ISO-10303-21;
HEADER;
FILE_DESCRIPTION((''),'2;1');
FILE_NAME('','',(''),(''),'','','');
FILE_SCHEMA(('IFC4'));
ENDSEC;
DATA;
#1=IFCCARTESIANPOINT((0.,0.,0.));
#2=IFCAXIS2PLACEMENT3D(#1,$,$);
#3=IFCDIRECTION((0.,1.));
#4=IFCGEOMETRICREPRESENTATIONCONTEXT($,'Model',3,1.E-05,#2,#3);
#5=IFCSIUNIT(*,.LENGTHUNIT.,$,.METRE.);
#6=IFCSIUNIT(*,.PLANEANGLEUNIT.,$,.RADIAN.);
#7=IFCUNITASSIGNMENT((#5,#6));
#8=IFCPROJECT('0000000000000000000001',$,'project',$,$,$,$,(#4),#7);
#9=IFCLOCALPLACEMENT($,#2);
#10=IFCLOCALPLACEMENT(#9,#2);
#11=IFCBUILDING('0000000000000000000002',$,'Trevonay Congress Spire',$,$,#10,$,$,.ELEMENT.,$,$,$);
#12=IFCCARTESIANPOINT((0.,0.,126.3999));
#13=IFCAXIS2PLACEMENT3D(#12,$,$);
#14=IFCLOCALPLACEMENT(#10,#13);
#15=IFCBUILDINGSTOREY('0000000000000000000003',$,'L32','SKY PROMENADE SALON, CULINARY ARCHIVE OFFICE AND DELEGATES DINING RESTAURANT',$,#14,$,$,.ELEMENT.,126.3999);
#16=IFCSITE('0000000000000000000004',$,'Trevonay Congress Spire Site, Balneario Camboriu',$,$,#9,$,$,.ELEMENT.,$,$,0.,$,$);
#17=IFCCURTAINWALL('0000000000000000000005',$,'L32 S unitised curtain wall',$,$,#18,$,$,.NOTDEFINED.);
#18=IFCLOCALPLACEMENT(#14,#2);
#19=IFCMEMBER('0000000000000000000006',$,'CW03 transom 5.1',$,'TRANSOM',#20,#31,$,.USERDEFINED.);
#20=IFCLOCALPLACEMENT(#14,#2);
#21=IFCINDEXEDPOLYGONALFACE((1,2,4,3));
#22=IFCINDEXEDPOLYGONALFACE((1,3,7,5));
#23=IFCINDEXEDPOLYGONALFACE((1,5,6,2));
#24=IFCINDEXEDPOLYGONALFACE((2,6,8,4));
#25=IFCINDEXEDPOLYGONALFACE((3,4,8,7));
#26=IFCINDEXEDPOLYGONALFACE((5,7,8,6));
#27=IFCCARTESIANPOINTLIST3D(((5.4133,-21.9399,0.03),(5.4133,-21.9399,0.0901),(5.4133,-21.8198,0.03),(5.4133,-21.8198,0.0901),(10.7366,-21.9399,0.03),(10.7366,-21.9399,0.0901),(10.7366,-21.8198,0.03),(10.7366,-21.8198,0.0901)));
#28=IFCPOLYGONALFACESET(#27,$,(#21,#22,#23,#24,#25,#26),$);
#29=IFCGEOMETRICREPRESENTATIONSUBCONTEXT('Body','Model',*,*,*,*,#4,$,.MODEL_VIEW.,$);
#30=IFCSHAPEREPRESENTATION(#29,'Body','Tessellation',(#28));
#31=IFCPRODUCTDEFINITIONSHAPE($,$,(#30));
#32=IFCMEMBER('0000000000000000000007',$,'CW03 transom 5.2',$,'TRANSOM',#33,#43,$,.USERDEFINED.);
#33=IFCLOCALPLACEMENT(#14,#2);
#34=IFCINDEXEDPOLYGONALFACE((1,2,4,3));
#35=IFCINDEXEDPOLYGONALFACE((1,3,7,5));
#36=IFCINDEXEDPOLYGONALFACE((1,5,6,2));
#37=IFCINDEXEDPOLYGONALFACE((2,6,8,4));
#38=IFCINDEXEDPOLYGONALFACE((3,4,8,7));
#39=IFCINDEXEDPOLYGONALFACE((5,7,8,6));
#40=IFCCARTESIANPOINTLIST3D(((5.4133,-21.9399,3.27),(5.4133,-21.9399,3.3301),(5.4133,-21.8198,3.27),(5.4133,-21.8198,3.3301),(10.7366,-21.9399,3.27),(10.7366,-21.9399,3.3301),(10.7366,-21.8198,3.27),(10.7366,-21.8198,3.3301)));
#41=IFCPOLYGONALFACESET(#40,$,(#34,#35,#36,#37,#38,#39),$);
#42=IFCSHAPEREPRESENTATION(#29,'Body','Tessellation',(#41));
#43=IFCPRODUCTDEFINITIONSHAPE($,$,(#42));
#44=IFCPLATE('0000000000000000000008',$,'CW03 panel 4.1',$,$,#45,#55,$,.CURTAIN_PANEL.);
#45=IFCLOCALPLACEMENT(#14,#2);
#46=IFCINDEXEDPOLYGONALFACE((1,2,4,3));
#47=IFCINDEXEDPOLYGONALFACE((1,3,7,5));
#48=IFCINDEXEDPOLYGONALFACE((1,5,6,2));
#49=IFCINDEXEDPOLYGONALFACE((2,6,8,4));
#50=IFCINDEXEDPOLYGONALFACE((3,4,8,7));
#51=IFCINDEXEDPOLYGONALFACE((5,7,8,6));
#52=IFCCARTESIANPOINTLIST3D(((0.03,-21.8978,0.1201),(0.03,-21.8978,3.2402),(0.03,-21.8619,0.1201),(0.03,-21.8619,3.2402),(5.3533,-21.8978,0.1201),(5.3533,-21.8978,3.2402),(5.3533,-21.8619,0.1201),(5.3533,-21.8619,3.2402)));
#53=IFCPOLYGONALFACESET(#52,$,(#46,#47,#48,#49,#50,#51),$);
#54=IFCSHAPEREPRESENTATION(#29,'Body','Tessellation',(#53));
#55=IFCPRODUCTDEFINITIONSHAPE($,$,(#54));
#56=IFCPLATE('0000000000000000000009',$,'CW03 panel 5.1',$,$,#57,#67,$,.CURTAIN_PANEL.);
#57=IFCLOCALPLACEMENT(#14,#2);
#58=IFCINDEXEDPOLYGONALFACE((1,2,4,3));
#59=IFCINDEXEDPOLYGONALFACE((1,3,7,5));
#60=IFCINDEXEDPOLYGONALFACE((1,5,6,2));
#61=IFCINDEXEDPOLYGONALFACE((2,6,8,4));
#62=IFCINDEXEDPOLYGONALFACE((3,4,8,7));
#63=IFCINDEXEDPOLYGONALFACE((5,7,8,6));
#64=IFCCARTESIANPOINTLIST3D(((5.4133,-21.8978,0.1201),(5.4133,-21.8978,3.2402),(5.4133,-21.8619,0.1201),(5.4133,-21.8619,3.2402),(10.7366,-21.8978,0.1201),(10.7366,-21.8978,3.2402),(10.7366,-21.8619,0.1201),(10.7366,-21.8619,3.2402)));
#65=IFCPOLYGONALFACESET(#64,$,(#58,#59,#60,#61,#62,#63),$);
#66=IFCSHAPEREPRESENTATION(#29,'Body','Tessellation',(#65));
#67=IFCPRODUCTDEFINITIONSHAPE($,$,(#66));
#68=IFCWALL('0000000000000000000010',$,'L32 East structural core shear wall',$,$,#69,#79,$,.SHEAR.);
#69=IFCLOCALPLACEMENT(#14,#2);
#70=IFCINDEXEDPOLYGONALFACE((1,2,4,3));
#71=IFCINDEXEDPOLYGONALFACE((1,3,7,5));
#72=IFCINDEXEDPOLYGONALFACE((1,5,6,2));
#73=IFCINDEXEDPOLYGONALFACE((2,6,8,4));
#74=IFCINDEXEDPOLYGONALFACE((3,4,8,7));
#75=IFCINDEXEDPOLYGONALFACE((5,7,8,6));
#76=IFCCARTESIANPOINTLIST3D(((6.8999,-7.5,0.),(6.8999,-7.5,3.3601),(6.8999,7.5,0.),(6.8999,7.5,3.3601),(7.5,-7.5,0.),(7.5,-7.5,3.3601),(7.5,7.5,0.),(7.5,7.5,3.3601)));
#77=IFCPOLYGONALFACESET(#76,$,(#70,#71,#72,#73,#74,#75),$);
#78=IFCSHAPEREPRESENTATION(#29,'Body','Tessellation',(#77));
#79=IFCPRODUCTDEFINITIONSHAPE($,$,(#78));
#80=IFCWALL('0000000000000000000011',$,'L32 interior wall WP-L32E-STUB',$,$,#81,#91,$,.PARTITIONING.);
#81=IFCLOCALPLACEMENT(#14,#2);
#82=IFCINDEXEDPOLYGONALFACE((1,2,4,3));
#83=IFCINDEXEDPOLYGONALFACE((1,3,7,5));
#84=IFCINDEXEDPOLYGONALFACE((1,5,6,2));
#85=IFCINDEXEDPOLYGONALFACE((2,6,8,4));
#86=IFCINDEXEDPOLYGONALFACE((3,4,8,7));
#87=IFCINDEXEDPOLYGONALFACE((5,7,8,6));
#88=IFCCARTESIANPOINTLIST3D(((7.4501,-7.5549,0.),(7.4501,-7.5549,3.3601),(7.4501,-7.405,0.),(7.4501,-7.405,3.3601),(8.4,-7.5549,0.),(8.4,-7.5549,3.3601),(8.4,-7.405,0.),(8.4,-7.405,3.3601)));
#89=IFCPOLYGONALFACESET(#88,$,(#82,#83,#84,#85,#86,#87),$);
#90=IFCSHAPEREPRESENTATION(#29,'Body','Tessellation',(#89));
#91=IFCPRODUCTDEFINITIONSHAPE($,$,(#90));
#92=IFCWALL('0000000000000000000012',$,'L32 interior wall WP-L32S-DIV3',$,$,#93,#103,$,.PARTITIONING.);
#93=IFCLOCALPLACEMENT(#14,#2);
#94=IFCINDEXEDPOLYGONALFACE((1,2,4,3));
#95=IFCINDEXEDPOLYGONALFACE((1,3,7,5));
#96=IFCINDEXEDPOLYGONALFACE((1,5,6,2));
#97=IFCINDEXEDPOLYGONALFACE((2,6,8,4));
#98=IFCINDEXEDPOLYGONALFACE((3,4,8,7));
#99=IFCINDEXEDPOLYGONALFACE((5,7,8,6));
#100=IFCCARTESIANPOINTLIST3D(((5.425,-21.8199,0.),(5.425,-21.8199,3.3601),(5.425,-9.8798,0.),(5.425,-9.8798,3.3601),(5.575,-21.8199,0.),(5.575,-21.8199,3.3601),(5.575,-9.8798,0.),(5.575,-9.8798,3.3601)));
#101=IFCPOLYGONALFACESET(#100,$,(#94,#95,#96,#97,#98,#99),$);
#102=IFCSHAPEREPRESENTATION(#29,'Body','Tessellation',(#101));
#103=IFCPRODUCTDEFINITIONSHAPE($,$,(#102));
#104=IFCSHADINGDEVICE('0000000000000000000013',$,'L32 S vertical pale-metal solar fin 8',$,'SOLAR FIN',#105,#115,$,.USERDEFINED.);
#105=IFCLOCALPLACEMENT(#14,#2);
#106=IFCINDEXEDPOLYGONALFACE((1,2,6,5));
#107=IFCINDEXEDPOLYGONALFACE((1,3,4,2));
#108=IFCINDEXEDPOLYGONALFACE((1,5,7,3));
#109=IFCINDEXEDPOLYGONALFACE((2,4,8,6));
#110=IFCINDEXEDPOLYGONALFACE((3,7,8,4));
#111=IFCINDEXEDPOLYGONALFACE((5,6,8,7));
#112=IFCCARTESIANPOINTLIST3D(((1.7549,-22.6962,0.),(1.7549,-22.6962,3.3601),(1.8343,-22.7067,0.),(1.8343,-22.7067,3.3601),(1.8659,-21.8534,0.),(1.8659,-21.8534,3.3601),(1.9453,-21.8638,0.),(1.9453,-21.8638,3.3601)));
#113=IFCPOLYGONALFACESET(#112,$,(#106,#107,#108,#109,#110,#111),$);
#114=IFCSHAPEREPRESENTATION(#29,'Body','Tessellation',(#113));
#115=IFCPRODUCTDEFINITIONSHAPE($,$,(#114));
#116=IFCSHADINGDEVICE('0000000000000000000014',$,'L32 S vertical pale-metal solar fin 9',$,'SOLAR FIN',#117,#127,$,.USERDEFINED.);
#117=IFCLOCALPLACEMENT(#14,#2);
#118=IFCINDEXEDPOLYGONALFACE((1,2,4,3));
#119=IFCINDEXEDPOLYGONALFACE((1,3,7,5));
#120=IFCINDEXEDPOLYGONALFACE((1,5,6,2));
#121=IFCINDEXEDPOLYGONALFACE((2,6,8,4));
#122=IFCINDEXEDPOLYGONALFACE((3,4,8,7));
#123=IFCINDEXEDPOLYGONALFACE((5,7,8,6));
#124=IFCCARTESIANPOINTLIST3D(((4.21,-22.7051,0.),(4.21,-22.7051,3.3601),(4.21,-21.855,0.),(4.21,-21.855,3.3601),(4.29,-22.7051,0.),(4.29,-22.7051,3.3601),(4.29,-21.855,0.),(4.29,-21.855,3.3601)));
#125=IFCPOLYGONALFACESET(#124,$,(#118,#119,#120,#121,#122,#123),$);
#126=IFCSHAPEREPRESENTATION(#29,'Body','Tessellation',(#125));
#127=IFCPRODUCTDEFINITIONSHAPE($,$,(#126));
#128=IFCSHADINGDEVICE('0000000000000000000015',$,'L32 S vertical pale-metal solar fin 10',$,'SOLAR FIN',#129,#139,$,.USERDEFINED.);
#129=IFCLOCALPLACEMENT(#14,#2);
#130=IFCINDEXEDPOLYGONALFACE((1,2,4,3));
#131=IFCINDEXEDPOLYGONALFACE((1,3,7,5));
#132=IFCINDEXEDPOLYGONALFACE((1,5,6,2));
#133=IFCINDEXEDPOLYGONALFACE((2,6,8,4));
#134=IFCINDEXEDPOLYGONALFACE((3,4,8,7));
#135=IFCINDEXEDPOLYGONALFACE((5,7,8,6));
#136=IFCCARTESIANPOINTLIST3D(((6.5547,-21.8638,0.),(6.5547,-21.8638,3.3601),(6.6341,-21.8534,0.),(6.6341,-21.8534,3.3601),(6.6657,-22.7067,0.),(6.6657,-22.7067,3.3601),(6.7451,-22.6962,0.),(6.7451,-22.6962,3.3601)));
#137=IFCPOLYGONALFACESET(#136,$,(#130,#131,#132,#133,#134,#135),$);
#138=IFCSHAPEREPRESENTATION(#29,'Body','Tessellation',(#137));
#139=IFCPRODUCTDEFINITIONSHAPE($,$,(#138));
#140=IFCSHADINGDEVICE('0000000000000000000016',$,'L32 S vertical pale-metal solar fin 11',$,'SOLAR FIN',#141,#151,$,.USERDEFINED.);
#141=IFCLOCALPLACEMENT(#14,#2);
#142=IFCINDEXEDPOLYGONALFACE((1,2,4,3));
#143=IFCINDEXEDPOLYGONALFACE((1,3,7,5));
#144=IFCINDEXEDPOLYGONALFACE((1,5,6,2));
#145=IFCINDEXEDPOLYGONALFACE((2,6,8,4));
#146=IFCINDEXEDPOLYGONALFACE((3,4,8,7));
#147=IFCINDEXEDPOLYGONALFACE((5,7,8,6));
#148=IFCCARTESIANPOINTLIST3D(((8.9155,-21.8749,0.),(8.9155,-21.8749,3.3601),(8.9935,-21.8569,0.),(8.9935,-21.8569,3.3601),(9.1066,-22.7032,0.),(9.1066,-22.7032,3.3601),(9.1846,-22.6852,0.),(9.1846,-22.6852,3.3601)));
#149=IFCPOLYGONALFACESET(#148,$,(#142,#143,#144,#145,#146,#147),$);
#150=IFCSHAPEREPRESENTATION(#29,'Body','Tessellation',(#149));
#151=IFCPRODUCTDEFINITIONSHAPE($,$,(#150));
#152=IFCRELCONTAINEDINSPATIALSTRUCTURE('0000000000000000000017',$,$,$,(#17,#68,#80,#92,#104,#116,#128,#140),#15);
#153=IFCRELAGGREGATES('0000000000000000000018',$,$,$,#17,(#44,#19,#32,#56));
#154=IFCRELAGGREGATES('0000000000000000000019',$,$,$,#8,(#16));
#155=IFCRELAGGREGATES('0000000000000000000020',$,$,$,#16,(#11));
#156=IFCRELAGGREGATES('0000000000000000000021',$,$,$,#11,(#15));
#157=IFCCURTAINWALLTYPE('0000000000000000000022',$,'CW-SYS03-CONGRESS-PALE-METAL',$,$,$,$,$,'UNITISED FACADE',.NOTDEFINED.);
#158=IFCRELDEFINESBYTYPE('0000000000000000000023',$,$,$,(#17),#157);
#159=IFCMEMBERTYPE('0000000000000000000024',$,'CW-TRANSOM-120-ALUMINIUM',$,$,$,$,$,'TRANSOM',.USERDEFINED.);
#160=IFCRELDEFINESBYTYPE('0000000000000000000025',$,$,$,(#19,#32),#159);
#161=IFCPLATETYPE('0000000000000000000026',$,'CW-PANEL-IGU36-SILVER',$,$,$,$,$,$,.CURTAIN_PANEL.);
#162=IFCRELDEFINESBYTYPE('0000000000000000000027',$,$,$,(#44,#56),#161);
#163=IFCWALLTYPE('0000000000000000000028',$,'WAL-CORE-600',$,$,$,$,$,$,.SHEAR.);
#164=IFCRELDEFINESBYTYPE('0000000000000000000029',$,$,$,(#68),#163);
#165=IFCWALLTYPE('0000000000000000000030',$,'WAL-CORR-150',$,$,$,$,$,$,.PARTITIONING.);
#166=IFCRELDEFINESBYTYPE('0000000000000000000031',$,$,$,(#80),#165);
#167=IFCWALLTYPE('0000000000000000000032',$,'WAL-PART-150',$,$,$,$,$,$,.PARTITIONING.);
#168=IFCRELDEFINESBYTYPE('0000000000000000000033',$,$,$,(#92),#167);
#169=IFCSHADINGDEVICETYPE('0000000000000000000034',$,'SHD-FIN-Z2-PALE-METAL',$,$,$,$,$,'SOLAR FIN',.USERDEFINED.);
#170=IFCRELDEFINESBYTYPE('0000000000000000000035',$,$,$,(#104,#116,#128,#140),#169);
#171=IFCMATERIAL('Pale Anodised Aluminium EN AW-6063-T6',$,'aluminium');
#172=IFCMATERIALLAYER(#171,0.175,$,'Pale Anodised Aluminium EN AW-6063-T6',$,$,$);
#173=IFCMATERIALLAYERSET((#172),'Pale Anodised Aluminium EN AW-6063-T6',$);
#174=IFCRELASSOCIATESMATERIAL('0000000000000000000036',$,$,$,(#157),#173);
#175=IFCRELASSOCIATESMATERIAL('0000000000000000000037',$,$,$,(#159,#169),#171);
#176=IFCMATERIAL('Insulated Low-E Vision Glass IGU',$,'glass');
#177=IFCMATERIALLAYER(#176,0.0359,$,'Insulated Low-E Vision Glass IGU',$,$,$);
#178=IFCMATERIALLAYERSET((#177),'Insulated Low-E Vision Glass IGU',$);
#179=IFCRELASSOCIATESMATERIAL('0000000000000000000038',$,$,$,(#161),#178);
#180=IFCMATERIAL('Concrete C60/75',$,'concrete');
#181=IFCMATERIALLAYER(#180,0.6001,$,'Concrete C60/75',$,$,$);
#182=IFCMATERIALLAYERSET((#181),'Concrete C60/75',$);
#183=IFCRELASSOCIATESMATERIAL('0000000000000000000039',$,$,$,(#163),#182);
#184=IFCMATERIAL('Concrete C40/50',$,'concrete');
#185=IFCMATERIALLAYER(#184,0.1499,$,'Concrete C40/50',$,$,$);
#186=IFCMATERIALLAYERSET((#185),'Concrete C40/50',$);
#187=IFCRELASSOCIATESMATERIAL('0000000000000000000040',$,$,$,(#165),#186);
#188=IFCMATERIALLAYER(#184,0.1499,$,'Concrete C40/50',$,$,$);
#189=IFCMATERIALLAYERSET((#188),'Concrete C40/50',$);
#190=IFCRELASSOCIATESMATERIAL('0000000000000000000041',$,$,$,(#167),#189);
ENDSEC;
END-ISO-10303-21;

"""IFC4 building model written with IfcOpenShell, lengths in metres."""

from ifc_helpers import new_model, si_unit, direction, frame, frame_2d, origin, origin_2d, place, context, subcontext, project, spatial, rectangle, extrude, material, layer, layer_set, material_profile, profile_set, type_object, element, aggregate, save


model = new_model("IFC4")

# Units and contexts
model_context = context("Model", 3, precision=1e-05, world=origin(), true_north=direction((0.0, 1.0)))
body_context = subcontext(model_context, "Body", "Model", "MODEL_VIEW")
ifc_project = project(units=[si_unit("LENGTHUNIT", "METRE"), si_unit("PLANEANGLEUNIT", "RADIAN")], contexts=[model_context])

# Site, building, storey
site_placement = place(None, origin())
site = spatial("IfcSite", under=ifc_project, at=site_placement, Name="Trevonay Congress Spire Site, Balneario Camboriu", CompositionType="ELEMENT", RefElevation=0.0)
building_placement = place(site_placement, origin())
building = spatial("IfcBuilding", under=site, at=building_placement, Name="Trevonay Congress Spire", CompositionType="ELEMENT")
storey_placement = place(building_placement, frame((0.0, 0.0, 126.3999)))
storey = spatial("IfcBuildingStorey", under=building, at=storey_placement, Name="L32", Description="SKY PROMENADE SALON, CULINARY ARCHIVE OFFICE AND DELEGATES DINING RESTAURANT", CompositionType="ELEMENT", Elevation=126.3999)

# Curtain wall, members, plates
ifc_material_1 = material(Name="Pale Anodised Aluminium EN AW-6063-T6", Category="aluminium")
ifc_layer_1 = layer(ifc_material_1, 0.175, Name="Pale Anodised Aluminium EN AW-6063-T6")
ifc_layer_set_1 = layer_set([ifc_layer_1], Name="Pale Anodised Aluminium EN AW-6063-T6")
curtain_wall_type = type_object("IfcCurtainWallType", Name="CW-SYS03-CONGRESS-PALE-METAL", ElementType="UNITISED FACADE", PredefinedType="NOTDEFINED", material=ifc_layer_set_1)
curtain_wall_placement = place(storey_placement, origin())
curtain_wall = element("IfcCurtainWall", 1, at=curtain_wall_placement, inside=storey, type_object=curtain_wall_type, Name="L32 S unitised curtain wall", PredefinedType="NOTDEFINED")
ifc_material_profile_1 = material_profile(ifc_material_1, rectangle(XDim=0.1201, YDim=0.0601, at=origin_2d()), Name="CW-TRANSOM-120-ALUMINIUM")
ifc_profile_set_1 = profile_set([ifc_material_profile_1], Name="Pale Anodised Aluminium EN AW-6063-T6")
member_type_1 = type_object("IfcMemberType", Name="CW-TRANSOM-120-ALUMINIUM", ElementType="TRANSOM", PredefinedType="USERDEFINED", material=ifc_profile_set_1)
member_1_placement = place(storey_placement, frame((5.4133, -21.8799, 0.0601), z_axis=(1.0, 0.0, 0.0), x_axis=(0.0, 1.0, 0.0)))
member_1 = element("IfcMember", 2, at=member_1_placement, type_object=member_type_1, Name="CW03 transom 5.1", ObjectType="TRANSOM", PredefinedType="USERDEFINED", context=body_context, shape_type="SweptSolid", body=[
    extrude(rectangle(XDim=0.1201, YDim=0.0601, at=origin_2d()), origin(), (0.0, 0.0, 1.0), 5.3232),
])
member_2_placement = place(storey_placement, frame((5.4133, -21.8799, 3.3), z_axis=(1.0, 0.0, 0.0), x_axis=(0.0, 1.0, 0.0)))
member_2 = element("IfcMember", 3, at=member_2_placement, type_object=member_type_1, Name="CW03 transom 5.2", ObjectType="TRANSOM", PredefinedType="USERDEFINED", context=body_context, shape_type="SweptSolid", body=[
    extrude(rectangle(XDim=0.1201, YDim=0.0601, at=origin_2d()), origin(), (0.0, 0.0, 1.0), 5.3232),
])
ifc_material_2 = material(Name="Insulated Low-E Vision Glass IGU", Category="glass")
ifc_layer_2 = layer(ifc_material_2, 0.0359, Name="Insulated Low-E Vision Glass IGU")
ifc_layer_set_2 = layer_set([ifc_layer_2], Name="Insulated Low-E Vision Glass IGU")
plate_type = type_object("IfcPlateType", Name="CW-PANEL-IGU36-SILVER", PredefinedType="CURTAIN_PANEL", material=ifc_layer_set_2)
plate_1_placement = place(storey_placement, frame((2.6917, -21.8799, 0.1201), z_axis=(0.0, 0.0, 1.0), x_axis=(1.0, 0.0, 0.0)))
plate_1 = element("IfcPlate", 4, at=plate_1_placement, type_object=plate_type, Name="CW03 panel 4.1", PredefinedType="CURTAIN_PANEL", context=body_context, shape_type="SweptSolid", body=[
    extrude(rectangle(XDim=5.3232, YDim=0.0359, at=origin_2d()), origin(), (0.0, 0.0, 1.0), 3.1201),
])
plate_2_placement = place(storey_placement, frame((8.075, -21.8799, 0.1201), z_axis=(0.0, 0.0, 1.0), x_axis=(1.0, 0.0, 0.0)))
plate_2 = element("IfcPlate", 5, at=plate_2_placement, type_object=plate_type, Name="CW03 panel 5.1", PredefinedType="CURTAIN_PANEL", context=body_context, shape_type="SweptSolid", body=[
    extrude(rectangle(XDim=5.3232, YDim=0.0359, at=origin_2d()), origin(), (0.0, 0.0, 1.0), 3.1201),
])
aggregate(curtain_wall, [plate_1, member_1, member_2, plate_2])

# Walls
ifc_material_3 = material(Name="Concrete C60/75", Category="concrete")
ifc_layer_3 = layer(ifc_material_3, 0.6001, Name="Concrete C60/75")
ifc_layer_set_3 = layer_set([ifc_layer_3], Name="Concrete C60/75")
wall_type_1 = type_object("IfcWallType", Name="WAL-CORE-600", PredefinedType="SHEAR", material=ifc_layer_set_3)
wall_1_placement = place(storey_placement, frame((7.2, -7.5, 0.0), z_axis=(0.0, 0.0, 1.0), x_axis=(0.0, 1.0, 0.0)))
element("IfcWall", 6, at=wall_1_placement, inside=storey, type_object=wall_type_1, Name="L32 East structural core shear wall", PredefinedType="SHEAR", context=body_context, shape_type="SweptSolid", body=[
    extrude(rectangle(XDim=15.0, YDim=0.6001, at=frame_2d((7.5, 0.0))), origin(), (0.0, 0.0, 1.0), 3.3601),
])
ifc_material_4 = material(Name="Concrete C40/50", Category="concrete")
ifc_layer_4 = layer(ifc_material_4, 0.1499, Name="Concrete C40/50")
ifc_layer_set_4 = layer_set([ifc_layer_4], Name="Concrete C40/50")
wall_type_2 = type_object("IfcWallType", Name="WAL-CORR-150", PredefinedType="PARTITIONING", material=ifc_layer_set_4)
wall_2_placement = place(storey_placement, frame((7.45, -7.48, 0.0), z_axis=(0.0, 0.0, 1.0), x_axis=(1.0, 0.0, 0.0)))
element("IfcWall", 7, at=wall_2_placement, inside=storey, type_object=wall_type_2, Name="L32 interior wall WP-L32E-STUB", PredefinedType="PARTITIONING", context=body_context, shape_type="SweptSolid", body=[
    extrude(rectangle(XDim=0.95, YDim=0.1499, at=frame_2d((0.4751, 0.0))), origin(), (0.0, 0.0, 1.0), 3.3601),
])
ifc_layer_5 = layer(ifc_material_4, 0.1499, Name="Concrete C40/50")
ifc_layer_set_5 = layer_set([ifc_layer_5], Name="Concrete C40/50")
wall_type_3 = type_object("IfcWallType", Name="WAL-PART-150", PredefinedType="PARTITIONING", material=ifc_layer_set_5)
wall_3_placement = place(storey_placement, frame((5.5, -21.8201, 0.0), z_axis=(0.0, 0.0, 1.0), x_axis=(0.0, 1.0, 0.0)))
element("IfcWall", 8, at=wall_3_placement, inside=storey, type_object=wall_type_3, Name="L32 interior wall WP-L32S-DIV3", PredefinedType="PARTITIONING", context=body_context, shape_type="SweptSolid", body=[
    extrude(rectangle(XDim=11.9402, YDim=0.1499, at=frame_2d((5.9702, 0.0))), origin(), (0.0, 0.0, 1.0), 3.3601),
])

# Shading devices
shading_device_type = type_object("IfcShadingDeviceType", Name="SHD-FIN-Z2-PALE-METAL", ElementType="SOLAR FIN", PredefinedType="USERDEFINED", material=ifc_material_1)
for number, where, z_axis, x_axis, name in (
    (9, (1.8501, -22.28, 0.0), (0.0, 0.0, 1.0), (0.991445, -0.130526, 0.0), "L32 S vertical pale-metal solar fin 8"),
    (10, (4.25, -22.28, 0.0), (0.0, 0.0, 1.0), (1.0, 0.0, 0.0), "L32 S vertical pale-metal solar fin 9"),
    (11, (6.6499, -22.28, 0.0), (0.0, 0.0, 1.0), (0.991445, 0.130526, 0.0), "L32 S vertical pale-metal solar fin 10"),
    (12, (9.05, -22.28, 0.0), (0.0, 0.0, 1.0), (0.974409, 0.224781, 0.0), "L32 S vertical pale-metal solar fin 11"),
):
    element("IfcShadingDevice", number, at=place(storey_placement, frame(where, z_axis=z_axis, x_axis=x_axis)), inside=storey, type_object=shading_device_type, Name=name, ObjectType="SOLAR FIN", PredefinedType="USERDEFINED", context=body_context, shape_type="SweptSolid", body=[
        extrude(rectangle(XDim=0.0801, YDim=0.8501, at=origin_2d()), origin(), (0.0, 0.0, 1.0), 3.3601),
    ])

save(model, "model.ifc")
